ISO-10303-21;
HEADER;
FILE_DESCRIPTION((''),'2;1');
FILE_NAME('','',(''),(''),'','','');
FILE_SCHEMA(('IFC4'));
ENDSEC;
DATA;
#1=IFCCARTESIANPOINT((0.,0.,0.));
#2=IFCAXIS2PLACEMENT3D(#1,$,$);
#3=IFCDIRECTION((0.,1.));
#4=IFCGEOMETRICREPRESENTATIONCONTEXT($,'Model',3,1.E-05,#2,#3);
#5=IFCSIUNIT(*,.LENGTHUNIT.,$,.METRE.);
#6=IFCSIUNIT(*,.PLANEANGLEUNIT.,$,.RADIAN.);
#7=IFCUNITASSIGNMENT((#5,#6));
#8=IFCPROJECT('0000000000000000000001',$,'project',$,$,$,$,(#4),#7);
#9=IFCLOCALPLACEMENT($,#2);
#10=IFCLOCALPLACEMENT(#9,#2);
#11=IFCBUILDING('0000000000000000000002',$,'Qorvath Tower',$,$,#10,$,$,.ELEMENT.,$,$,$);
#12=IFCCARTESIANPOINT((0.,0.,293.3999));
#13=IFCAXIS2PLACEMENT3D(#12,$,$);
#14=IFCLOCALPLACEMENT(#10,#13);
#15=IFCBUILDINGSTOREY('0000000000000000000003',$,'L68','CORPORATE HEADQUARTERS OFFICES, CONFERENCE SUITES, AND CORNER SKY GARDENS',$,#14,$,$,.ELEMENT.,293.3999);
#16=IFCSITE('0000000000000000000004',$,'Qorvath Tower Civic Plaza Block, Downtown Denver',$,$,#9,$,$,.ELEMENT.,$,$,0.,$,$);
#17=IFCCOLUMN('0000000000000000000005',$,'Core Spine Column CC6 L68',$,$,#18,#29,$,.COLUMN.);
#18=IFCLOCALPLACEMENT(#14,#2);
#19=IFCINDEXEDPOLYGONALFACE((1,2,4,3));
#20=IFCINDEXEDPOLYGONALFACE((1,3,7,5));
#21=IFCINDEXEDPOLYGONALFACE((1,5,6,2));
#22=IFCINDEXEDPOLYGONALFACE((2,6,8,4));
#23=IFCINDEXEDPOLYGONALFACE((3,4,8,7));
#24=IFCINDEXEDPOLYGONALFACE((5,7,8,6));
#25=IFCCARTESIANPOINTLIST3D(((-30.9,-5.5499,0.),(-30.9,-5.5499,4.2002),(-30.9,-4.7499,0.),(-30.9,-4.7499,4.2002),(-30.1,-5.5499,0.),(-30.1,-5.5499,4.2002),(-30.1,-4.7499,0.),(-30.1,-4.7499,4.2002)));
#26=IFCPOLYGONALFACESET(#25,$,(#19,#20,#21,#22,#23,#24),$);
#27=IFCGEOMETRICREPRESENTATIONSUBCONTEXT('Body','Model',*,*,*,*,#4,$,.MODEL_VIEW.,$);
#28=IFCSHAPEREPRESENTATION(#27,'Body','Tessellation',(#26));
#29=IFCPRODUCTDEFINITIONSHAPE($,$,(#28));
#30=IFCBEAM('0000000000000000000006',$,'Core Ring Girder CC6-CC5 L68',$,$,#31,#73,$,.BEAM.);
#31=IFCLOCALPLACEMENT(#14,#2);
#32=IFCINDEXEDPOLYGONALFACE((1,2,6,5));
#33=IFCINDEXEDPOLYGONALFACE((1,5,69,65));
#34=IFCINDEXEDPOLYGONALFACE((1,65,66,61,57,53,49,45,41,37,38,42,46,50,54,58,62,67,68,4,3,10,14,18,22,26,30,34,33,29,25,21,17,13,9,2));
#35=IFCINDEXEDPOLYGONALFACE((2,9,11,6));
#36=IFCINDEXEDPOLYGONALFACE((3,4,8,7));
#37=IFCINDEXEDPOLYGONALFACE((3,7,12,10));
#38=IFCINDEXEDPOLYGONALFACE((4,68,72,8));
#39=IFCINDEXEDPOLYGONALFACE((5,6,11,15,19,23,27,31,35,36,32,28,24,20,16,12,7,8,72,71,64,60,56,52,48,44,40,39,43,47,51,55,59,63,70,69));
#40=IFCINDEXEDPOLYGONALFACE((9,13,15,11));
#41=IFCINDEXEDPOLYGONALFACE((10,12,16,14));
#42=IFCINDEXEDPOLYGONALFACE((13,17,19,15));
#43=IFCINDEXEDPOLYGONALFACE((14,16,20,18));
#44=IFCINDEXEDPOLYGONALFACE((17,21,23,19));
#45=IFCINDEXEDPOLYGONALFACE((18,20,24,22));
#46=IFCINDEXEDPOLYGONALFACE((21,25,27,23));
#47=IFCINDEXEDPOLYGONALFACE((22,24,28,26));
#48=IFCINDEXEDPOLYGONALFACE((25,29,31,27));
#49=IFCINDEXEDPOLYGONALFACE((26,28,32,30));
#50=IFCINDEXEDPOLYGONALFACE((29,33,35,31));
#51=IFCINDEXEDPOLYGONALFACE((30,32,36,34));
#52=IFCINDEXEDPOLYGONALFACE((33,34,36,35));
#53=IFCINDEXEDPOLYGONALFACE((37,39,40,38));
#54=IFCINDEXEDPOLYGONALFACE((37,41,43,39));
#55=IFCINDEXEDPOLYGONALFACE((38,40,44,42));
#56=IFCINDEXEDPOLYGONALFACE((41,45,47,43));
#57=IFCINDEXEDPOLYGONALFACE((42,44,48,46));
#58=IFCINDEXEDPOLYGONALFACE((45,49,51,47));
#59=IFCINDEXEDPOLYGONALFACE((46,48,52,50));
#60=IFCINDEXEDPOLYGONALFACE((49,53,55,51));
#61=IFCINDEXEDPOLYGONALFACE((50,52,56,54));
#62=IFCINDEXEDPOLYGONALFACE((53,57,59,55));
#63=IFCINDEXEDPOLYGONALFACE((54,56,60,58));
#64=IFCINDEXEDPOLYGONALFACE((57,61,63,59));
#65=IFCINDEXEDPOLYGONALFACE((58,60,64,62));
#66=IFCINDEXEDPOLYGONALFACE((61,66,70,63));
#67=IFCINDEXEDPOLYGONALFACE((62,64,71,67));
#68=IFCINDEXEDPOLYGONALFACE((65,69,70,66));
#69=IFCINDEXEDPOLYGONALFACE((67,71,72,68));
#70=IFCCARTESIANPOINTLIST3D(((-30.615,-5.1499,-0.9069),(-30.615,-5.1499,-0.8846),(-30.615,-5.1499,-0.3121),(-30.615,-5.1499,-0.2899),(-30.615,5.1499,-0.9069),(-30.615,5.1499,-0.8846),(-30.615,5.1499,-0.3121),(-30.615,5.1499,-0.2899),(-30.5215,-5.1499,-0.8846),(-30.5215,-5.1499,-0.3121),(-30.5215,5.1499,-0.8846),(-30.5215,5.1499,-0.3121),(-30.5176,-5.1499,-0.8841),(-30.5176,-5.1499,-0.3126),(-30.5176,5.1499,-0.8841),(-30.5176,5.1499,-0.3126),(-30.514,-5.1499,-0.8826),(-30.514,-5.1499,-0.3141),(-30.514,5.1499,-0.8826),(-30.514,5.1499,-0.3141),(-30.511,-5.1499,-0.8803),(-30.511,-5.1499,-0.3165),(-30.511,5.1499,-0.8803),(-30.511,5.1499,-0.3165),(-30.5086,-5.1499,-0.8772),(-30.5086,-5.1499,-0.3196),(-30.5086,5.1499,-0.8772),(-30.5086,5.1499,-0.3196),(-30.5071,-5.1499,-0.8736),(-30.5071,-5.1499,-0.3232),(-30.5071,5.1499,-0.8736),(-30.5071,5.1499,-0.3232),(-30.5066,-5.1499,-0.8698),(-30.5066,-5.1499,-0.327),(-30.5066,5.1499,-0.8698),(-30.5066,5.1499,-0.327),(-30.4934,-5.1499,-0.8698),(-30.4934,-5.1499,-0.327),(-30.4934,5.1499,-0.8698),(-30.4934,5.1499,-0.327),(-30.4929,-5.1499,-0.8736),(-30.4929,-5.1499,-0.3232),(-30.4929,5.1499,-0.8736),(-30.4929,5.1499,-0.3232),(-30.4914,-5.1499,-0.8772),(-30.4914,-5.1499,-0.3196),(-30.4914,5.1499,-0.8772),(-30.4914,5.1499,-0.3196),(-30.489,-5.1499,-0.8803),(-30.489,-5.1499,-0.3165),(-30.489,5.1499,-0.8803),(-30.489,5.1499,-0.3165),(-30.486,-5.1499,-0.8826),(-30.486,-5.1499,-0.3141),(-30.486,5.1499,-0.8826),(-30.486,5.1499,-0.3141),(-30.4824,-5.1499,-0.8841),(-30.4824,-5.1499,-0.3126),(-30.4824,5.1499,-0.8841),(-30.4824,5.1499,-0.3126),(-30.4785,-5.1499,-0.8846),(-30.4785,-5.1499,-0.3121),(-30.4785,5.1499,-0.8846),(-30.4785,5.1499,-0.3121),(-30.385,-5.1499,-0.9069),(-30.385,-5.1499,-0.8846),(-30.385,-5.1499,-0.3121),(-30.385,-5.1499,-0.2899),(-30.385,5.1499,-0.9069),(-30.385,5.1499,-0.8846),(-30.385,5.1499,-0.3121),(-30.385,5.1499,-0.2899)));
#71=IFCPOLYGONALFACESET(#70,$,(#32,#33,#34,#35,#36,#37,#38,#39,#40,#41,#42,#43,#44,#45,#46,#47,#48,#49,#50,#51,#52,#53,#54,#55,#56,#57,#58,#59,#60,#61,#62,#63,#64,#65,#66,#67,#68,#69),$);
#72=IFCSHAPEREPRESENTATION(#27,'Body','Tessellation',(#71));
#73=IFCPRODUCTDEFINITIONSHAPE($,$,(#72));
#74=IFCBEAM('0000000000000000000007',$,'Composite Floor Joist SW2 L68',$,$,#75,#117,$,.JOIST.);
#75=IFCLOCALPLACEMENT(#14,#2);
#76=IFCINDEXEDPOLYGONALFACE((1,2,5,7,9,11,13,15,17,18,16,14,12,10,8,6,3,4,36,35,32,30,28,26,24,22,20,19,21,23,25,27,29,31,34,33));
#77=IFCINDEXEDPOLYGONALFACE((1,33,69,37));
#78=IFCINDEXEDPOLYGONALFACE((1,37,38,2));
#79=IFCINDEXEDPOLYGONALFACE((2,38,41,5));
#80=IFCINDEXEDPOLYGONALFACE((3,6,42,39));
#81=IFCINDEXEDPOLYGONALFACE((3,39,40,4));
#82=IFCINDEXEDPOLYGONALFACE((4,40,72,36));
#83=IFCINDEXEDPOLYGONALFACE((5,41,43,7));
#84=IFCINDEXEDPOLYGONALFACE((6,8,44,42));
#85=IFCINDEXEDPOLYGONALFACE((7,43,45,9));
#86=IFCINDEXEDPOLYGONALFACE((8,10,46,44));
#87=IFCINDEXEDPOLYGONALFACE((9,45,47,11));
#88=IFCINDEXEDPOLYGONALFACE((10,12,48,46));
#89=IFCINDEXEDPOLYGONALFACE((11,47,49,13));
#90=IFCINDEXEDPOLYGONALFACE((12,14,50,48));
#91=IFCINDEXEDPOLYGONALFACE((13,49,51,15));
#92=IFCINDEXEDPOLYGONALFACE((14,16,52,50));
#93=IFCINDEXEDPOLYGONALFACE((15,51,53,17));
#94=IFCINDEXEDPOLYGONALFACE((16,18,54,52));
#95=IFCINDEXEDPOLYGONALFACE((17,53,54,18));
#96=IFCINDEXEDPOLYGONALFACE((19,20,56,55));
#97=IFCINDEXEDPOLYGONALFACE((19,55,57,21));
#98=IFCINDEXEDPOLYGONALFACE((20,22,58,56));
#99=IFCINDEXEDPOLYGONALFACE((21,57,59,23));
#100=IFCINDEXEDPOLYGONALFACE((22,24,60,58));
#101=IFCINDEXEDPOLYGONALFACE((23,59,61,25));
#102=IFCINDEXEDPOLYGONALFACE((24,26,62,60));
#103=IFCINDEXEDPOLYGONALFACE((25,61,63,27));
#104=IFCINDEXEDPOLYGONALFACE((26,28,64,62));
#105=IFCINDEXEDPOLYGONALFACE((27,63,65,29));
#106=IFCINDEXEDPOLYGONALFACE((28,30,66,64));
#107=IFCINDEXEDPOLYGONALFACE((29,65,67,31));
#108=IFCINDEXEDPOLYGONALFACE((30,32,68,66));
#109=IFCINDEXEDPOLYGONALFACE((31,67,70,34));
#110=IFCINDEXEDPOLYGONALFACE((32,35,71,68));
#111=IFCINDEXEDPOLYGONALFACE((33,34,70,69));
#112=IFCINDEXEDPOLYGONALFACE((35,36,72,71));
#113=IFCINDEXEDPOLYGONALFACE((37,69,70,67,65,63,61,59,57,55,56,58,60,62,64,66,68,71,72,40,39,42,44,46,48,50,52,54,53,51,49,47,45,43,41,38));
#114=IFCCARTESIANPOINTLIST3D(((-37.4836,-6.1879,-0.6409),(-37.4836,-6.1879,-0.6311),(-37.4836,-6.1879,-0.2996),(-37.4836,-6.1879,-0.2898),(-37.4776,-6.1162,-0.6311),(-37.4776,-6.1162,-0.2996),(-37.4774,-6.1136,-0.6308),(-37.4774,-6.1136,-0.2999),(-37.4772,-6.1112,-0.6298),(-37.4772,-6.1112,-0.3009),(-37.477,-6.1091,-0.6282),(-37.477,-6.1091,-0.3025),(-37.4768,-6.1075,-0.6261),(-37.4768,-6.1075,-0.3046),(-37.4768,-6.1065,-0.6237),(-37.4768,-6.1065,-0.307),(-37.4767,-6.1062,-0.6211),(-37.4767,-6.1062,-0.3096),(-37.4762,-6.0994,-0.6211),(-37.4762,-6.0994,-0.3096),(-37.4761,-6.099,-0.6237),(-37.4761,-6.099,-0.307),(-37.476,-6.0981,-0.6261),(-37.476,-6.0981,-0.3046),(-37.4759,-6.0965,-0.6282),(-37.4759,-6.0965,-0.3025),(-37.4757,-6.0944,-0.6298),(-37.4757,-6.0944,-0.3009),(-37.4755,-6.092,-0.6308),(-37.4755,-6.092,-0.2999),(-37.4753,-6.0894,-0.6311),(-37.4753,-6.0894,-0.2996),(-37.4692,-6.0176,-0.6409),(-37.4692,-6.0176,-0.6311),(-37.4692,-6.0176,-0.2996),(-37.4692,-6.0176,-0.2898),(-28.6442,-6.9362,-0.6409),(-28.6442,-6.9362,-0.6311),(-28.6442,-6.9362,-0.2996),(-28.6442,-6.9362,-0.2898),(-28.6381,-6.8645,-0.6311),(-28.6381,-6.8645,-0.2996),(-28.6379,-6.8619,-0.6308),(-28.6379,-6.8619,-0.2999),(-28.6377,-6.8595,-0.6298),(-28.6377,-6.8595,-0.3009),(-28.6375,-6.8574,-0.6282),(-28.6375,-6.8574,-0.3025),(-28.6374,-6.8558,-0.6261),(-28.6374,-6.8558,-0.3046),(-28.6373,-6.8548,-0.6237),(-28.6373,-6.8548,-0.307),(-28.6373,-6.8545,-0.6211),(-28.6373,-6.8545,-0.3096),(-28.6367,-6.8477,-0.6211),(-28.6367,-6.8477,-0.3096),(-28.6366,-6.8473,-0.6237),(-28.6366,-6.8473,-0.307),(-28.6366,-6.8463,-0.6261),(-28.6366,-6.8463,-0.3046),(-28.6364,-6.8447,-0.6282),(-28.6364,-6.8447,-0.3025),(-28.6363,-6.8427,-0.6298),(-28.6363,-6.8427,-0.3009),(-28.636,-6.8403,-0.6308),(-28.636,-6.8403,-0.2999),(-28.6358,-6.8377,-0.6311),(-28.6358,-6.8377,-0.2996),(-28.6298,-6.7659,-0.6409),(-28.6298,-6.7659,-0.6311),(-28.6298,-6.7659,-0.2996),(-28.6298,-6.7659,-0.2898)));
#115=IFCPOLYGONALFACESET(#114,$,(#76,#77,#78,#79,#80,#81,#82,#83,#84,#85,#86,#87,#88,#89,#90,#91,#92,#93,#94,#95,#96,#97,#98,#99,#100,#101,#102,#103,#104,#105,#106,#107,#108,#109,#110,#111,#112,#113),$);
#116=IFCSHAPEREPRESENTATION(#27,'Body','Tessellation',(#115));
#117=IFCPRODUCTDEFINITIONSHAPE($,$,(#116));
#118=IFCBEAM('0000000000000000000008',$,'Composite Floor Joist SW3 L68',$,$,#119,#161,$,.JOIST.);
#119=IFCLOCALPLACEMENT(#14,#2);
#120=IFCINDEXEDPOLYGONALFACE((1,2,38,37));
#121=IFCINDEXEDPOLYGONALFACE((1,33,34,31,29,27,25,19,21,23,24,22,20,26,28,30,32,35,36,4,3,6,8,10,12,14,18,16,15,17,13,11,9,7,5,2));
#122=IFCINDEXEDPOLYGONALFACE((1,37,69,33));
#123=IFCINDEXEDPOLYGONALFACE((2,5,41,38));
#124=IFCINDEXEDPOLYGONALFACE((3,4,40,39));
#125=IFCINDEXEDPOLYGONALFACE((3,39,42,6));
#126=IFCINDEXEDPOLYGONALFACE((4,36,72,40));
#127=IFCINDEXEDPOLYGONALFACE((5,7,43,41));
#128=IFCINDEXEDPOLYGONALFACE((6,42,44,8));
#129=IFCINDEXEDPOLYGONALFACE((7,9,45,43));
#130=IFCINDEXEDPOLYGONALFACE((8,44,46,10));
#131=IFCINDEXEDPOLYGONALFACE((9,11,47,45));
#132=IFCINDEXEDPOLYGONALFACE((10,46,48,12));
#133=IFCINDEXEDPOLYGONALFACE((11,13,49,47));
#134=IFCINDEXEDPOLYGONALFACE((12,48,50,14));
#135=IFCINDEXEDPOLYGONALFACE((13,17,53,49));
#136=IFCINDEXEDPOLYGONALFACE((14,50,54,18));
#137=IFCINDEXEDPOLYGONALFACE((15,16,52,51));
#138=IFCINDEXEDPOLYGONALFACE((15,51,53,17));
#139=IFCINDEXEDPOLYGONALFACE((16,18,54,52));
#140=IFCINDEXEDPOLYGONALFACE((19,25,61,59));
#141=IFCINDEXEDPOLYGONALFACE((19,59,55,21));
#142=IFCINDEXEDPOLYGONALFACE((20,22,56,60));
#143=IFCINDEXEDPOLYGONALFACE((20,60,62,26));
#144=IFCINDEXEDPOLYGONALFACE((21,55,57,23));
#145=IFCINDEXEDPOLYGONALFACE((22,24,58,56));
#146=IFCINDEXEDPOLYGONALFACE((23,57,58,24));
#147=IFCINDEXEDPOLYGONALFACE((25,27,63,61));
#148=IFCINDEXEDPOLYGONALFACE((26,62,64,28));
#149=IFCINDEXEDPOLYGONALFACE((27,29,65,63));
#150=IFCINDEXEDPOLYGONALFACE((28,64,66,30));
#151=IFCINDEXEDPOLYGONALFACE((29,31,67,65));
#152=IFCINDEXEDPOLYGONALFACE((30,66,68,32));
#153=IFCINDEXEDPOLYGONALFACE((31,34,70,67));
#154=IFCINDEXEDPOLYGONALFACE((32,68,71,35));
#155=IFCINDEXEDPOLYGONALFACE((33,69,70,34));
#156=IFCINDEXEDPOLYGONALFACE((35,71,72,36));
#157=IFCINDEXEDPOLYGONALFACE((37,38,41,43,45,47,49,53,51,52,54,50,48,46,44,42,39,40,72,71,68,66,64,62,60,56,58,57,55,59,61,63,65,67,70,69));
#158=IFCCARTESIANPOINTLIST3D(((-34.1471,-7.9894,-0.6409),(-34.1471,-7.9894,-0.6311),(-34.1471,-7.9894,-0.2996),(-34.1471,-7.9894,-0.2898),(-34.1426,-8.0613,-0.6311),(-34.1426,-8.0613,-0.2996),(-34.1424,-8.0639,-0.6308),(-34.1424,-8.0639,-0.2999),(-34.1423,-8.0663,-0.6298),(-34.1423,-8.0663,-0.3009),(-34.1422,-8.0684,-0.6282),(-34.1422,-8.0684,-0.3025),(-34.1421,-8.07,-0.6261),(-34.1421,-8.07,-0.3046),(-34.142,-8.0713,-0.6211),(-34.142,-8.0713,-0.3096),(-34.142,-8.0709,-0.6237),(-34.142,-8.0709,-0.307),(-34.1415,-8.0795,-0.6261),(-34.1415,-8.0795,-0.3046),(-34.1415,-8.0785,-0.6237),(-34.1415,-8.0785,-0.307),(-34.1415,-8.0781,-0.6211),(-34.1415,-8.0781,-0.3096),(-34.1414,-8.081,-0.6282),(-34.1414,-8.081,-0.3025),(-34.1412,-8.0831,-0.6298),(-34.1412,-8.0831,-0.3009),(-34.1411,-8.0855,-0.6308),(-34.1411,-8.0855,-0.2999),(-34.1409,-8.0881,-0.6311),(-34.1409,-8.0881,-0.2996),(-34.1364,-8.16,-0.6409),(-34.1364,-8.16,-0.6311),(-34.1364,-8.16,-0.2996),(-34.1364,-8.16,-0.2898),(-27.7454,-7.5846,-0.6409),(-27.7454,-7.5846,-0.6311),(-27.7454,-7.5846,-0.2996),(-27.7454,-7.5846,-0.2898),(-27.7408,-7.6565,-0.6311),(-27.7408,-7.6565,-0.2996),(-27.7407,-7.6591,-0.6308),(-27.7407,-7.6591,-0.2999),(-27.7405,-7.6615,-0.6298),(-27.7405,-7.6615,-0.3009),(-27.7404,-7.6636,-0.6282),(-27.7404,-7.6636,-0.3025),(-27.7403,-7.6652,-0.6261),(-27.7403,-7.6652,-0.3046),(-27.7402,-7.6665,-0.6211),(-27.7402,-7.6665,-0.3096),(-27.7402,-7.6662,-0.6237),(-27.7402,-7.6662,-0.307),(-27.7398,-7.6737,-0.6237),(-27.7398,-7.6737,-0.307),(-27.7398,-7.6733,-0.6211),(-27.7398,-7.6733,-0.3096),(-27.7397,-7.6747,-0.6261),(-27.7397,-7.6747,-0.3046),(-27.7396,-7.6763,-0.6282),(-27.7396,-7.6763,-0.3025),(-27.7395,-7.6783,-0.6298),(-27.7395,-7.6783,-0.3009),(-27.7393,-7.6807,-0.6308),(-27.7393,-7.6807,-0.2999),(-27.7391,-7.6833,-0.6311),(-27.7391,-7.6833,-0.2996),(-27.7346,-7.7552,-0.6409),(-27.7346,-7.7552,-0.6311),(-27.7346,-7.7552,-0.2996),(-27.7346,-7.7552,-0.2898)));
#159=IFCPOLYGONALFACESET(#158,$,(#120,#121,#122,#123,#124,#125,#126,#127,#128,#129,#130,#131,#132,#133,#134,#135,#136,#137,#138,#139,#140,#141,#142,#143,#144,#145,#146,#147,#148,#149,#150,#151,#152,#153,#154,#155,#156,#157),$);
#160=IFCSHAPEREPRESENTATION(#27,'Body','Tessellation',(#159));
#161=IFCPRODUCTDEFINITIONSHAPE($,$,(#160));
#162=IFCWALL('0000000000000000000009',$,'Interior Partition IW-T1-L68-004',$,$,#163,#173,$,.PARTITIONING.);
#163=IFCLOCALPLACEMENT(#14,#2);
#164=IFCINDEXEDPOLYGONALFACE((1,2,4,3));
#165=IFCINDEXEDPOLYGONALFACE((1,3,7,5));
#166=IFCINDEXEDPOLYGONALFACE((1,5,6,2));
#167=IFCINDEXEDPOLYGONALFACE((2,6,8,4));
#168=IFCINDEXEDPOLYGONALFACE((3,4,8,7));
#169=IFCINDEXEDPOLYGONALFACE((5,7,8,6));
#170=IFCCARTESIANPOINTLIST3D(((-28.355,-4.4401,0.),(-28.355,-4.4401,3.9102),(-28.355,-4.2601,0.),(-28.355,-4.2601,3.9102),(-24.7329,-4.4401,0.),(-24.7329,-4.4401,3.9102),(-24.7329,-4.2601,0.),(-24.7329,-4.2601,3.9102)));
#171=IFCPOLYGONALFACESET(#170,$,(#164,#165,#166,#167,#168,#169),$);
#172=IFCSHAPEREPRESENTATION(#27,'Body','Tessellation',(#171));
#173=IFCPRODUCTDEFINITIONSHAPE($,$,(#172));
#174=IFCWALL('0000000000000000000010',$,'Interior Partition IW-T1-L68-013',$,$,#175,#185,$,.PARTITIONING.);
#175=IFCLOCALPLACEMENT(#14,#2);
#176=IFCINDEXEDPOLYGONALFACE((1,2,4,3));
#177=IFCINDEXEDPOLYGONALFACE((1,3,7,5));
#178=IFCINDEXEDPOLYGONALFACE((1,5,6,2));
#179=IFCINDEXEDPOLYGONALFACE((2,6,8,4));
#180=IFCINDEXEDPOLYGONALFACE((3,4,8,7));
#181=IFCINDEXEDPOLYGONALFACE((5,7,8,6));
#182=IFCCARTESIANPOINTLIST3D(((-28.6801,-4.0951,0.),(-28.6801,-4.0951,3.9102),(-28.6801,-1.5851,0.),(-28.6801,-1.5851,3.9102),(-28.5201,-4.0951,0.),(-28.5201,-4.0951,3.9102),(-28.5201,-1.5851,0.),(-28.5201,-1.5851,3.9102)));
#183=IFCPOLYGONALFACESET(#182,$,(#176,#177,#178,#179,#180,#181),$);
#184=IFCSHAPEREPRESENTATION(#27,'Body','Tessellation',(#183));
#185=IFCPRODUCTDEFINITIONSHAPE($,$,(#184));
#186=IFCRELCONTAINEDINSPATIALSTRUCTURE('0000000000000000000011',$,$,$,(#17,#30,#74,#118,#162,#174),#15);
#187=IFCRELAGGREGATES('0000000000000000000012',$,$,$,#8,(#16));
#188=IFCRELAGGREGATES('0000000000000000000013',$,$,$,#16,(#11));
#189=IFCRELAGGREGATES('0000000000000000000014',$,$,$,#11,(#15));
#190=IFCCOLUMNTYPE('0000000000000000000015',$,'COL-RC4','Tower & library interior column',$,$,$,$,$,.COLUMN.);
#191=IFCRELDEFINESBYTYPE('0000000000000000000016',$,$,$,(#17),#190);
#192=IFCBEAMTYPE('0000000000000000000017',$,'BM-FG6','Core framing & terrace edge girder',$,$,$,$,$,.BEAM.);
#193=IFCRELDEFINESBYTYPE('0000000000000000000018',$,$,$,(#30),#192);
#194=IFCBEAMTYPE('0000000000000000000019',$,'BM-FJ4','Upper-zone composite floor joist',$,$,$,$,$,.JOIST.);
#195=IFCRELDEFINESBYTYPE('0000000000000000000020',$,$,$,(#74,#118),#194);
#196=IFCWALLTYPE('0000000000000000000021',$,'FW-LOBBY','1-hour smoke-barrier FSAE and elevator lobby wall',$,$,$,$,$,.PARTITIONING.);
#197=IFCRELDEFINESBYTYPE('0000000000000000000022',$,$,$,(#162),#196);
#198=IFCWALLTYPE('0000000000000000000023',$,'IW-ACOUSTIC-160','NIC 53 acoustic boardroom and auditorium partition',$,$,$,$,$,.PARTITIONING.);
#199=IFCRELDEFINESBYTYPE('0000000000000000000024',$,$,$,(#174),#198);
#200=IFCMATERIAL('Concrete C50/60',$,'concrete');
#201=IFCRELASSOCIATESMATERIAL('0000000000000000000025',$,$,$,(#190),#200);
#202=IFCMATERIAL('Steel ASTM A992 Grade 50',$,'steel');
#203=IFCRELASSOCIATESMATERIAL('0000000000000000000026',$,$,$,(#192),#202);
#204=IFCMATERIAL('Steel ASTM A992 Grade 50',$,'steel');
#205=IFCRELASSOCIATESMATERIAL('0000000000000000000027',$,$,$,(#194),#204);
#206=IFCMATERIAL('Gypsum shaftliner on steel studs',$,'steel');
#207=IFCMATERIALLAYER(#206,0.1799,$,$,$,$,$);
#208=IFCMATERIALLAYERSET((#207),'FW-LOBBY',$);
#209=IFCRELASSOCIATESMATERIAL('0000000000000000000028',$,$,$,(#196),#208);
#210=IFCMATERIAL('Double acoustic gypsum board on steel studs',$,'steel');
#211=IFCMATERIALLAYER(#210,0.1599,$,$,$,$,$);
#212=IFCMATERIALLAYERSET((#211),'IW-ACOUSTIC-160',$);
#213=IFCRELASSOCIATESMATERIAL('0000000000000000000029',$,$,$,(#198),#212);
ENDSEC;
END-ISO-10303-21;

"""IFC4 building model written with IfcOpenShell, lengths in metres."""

from ifc_helpers import new_model, si_unit, direction, frame, frame_2d, origin, origin_2d, place, context, subcontext, project, spatial, rectangle, i_section, extrude, material, layer, layer_set, material_profile, profile_set, type_object, element, save


model = new_model("IFC4")

# Units and contexts
model_context = context("Model", 3, precision=1e-05, world=origin(), true_north=direction((0.0, 1.0)))
body_context = subcontext(model_context, "Body", "Model", "MODEL_VIEW")
ifc_project = project(units=[si_unit("LENGTHUNIT", "METRE"), si_unit("PLANEANGLEUNIT", "RADIAN")], contexts=[model_context])

# Site, building, storey
site_placement = place(None, origin())
site = spatial("IfcSite", under=ifc_project, at=site_placement, Name="Qorvath Tower Civic Plaza Block, Downtown Denver", CompositionType="ELEMENT", RefElevation=0.0)
building_placement = place(site_placement, origin())
building = spatial("IfcBuilding", under=site, at=building_placement, Name="Qorvath Tower", CompositionType="ELEMENT")
storey_placement = place(building_placement, frame((0.0, 0.0, 293.3999)))
storey = spatial("IfcBuildingStorey", under=building, at=storey_placement, Name="L68", Description="CORPORATE HEADQUARTERS OFFICES, CONFERENCE SUITES, AND CORNER SKY GARDENS", CompositionType="ELEMENT", Elevation=293.3999)

# Column
ifc_material_1 = material(Name="Concrete C50/60", Category="concrete")
ifc_material_profile_1 = material_profile(ifc_material_1, rectangle(XDim=0.8, YDim=0.8, at=origin_2d()), Name="RC 800x800")
ifc_profile_set_1 = profile_set([ifc_material_profile_1], Name="Concrete C50/60")
column_type = type_object("IfcColumnType", Name="COL-RC4", Description="Tower & library interior column", PredefinedType="COLUMN", material=ifc_profile_set_1)
column_placement = place(storey_placement, frame((-30.5, -5.1499, 0.0), z_axis=(0.0, 0.0, 1.0), x_axis=(1.0, 0.0, 0.0)))
element("IfcColumn", 1, at=column_placement, inside=storey, type_object=column_type, Name="Core Spine Column CC6 L68", PredefinedType="COLUMN", context=body_context, shape_type="SweptSolid", body=[
    extrude(rectangle(XDim=0.8, YDim=0.8, at=origin_2d()), origin(), (0.0, 0.0, 1.0), 4.2002),
])

# Beams
ifc_material_2 = material(Name="Steel ASTM A992 Grade 50", Category="steel")
ifc_material_profile_2 = material_profile(ifc_material_2, i_section(OverallWidth=0.23, OverallDepth=0.6169, WebThickness=0.0132, FlangeThickness=0.0222, FilletRadius=0.0149, at=origin_2d()), Name="W24x94")
ifc_profile_set_2 = profile_set([ifc_material_profile_2], Name="Steel ASTM A992 Grade 50")
beam_type_1 = type_object("IfcBeamType", Name="BM-FG6", Description="Core framing & terrace edge girder", PredefinedType="BEAM", material=ifc_profile_set_2)
beam_1_placement = place(storey_placement, frame((-30.5, -5.1499, -0.5984), z_axis=(0.0, 1.0, 0.0), x_axis=(-1.0, 0.0, 0.0)))
element("IfcBeam", 2, at=beam_1_placement, inside=storey, type_object=beam_type_1, Name="Core Ring Girder CC6-CC5 L68", PredefinedType="BEAM", context=body_context, shape_type="SweptSolid", body=[
    extrude(i_section(OverallWidth=0.23, OverallDepth=0.6169, WebThickness=0.0132, FlangeThickness=0.0222, FilletRadius=0.0149, at=origin_2d()), origin(), (0.0, 0.0, 1.0), 10.2998),
])
ifc_material_3 = material(Name="Steel ASTM A992 Grade 50", Category="steel")
ifc_material_profile_3 = material_profile(ifc_material_3, i_section(OverallWidth=0.1709, OverallDepth=0.3511, WebThickness=0.0068, FlangeThickness=0.0098, FilletRadius=0.01, at=origin_2d()), Name="W14x30")
ifc_profile_set_3 = profile_set([ifc_material_profile_3], Name="Steel ASTM A992 Grade 50")
beam_type_2 = type_object("IfcBeamType", Name="BM-FJ4", Description="Upper-zone composite floor joist", PredefinedType="JOIST", material=ifc_profile_set_3)
beam_2_placement = place(storey_placement, frame((-28.637, -6.8511, -0.4653), z_axis=(-0.996436, 0.08435, 0.0), x_axis=(-0.08435, -0.996436, 0.0)))
element("IfcBeam", 3, at=beam_2_placement, inside=storey, type_object=beam_type_2, Name="Composite Floor Joist SW2 L68", PredefinedType="JOIST", context=body_context, shape_type="SweptSolid", body=[
    extrude(i_section(OverallWidth=0.1709, OverallDepth=0.3511, WebThickness=0.0068, FlangeThickness=0.0098, FilletRadius=0.01, at=origin_2d()), origin(), (0.0, 0.0, 1.0), 8.8711),
])
beam_3_placement = place(storey_placement, frame((-27.74, -7.6699, -0.4653), z_axis=(-0.998007, -0.063103, 0.0), x_axis=(0.063103, -0.998007, 0.0)))
element("IfcBeam", 4, at=beam_3_placement, inside=storey, type_object=beam_type_2, Name="Composite Floor Joist SW3 L68", PredefinedType="JOIST", context=body_context, shape_type="SweptSolid", body=[
    extrude(i_section(OverallWidth=0.1709, OverallDepth=0.3511, WebThickness=0.0068, FlangeThickness=0.0098, FilletRadius=0.01, at=origin_2d()), origin(), (0.0, 0.0, 1.0), 6.4146),
])

# Walls
ifc_material_4 = material(Name="Gypsum shaftliner on steel studs", Category="steel")
ifc_layer_1 = layer(ifc_material_4, 0.1799)
ifc_layer_set_1 = layer_set([ifc_layer_1], Name="FW-LOBBY")
wall_type_1 = type_object("IfcWallType", Name="FW-LOBBY", Description="1-hour smoke-barrier FSAE and elevator lobby wall", PredefinedType="PARTITIONING", material=ifc_layer_set_1)
wall_1_placement = place(storey_placement, frame((-24.7329, -4.3501, 0.0), z_axis=(0.0, 0.0, 1.0), x_axis=(-1.0, 0.0, 0.0)))
element("IfcWall", 5, at=wall_1_placement, inside=storey, type_object=wall_type_1, Name="Interior Partition IW-T1-L68-004", PredefinedType="PARTITIONING", context=body_context, shape_type="SweptSolid", body=[
    extrude(rectangle(XDim=3.6221, YDim=0.1799, at=frame_2d((1.811, 0.0))), origin(), (0.0, 0.0, 1.0), 3.9102),
])
ifc_material_5 = material(Name="Double acoustic gypsum board on steel studs", Category="steel")
ifc_layer_2 = layer(ifc_material_5, 0.1599)
ifc_layer_set_2 = layer_set([ifc_layer_2], Name="IW-ACOUSTIC-160")
wall_type_2 = type_object("IfcWallType", Name="IW-ACOUSTIC-160", Description="NIC 53 acoustic boardroom and auditorium partition", PredefinedType="PARTITIONING", material=ifc_layer_set_2)
wall_2_placement = place(storey_placement, frame((-28.6001, -1.5852, 0.0), z_axis=(0.0, 0.0, 1.0), x_axis=(0.0, -1.0, 0.0)))
element("IfcWall", 6, at=wall_2_placement, inside=storey, type_object=wall_type_2, Name="Interior Partition IW-T1-L68-013", PredefinedType="PARTITIONING", context=body_context, shape_type="SweptSolid", body=[
    extrude(rectangle(XDim=2.51, YDim=0.1599, at=frame_2d((1.2549, 0.0))), origin(), (0.0, 0.0, 1.0), 3.9102),
])

save(model, "model.ifc")
